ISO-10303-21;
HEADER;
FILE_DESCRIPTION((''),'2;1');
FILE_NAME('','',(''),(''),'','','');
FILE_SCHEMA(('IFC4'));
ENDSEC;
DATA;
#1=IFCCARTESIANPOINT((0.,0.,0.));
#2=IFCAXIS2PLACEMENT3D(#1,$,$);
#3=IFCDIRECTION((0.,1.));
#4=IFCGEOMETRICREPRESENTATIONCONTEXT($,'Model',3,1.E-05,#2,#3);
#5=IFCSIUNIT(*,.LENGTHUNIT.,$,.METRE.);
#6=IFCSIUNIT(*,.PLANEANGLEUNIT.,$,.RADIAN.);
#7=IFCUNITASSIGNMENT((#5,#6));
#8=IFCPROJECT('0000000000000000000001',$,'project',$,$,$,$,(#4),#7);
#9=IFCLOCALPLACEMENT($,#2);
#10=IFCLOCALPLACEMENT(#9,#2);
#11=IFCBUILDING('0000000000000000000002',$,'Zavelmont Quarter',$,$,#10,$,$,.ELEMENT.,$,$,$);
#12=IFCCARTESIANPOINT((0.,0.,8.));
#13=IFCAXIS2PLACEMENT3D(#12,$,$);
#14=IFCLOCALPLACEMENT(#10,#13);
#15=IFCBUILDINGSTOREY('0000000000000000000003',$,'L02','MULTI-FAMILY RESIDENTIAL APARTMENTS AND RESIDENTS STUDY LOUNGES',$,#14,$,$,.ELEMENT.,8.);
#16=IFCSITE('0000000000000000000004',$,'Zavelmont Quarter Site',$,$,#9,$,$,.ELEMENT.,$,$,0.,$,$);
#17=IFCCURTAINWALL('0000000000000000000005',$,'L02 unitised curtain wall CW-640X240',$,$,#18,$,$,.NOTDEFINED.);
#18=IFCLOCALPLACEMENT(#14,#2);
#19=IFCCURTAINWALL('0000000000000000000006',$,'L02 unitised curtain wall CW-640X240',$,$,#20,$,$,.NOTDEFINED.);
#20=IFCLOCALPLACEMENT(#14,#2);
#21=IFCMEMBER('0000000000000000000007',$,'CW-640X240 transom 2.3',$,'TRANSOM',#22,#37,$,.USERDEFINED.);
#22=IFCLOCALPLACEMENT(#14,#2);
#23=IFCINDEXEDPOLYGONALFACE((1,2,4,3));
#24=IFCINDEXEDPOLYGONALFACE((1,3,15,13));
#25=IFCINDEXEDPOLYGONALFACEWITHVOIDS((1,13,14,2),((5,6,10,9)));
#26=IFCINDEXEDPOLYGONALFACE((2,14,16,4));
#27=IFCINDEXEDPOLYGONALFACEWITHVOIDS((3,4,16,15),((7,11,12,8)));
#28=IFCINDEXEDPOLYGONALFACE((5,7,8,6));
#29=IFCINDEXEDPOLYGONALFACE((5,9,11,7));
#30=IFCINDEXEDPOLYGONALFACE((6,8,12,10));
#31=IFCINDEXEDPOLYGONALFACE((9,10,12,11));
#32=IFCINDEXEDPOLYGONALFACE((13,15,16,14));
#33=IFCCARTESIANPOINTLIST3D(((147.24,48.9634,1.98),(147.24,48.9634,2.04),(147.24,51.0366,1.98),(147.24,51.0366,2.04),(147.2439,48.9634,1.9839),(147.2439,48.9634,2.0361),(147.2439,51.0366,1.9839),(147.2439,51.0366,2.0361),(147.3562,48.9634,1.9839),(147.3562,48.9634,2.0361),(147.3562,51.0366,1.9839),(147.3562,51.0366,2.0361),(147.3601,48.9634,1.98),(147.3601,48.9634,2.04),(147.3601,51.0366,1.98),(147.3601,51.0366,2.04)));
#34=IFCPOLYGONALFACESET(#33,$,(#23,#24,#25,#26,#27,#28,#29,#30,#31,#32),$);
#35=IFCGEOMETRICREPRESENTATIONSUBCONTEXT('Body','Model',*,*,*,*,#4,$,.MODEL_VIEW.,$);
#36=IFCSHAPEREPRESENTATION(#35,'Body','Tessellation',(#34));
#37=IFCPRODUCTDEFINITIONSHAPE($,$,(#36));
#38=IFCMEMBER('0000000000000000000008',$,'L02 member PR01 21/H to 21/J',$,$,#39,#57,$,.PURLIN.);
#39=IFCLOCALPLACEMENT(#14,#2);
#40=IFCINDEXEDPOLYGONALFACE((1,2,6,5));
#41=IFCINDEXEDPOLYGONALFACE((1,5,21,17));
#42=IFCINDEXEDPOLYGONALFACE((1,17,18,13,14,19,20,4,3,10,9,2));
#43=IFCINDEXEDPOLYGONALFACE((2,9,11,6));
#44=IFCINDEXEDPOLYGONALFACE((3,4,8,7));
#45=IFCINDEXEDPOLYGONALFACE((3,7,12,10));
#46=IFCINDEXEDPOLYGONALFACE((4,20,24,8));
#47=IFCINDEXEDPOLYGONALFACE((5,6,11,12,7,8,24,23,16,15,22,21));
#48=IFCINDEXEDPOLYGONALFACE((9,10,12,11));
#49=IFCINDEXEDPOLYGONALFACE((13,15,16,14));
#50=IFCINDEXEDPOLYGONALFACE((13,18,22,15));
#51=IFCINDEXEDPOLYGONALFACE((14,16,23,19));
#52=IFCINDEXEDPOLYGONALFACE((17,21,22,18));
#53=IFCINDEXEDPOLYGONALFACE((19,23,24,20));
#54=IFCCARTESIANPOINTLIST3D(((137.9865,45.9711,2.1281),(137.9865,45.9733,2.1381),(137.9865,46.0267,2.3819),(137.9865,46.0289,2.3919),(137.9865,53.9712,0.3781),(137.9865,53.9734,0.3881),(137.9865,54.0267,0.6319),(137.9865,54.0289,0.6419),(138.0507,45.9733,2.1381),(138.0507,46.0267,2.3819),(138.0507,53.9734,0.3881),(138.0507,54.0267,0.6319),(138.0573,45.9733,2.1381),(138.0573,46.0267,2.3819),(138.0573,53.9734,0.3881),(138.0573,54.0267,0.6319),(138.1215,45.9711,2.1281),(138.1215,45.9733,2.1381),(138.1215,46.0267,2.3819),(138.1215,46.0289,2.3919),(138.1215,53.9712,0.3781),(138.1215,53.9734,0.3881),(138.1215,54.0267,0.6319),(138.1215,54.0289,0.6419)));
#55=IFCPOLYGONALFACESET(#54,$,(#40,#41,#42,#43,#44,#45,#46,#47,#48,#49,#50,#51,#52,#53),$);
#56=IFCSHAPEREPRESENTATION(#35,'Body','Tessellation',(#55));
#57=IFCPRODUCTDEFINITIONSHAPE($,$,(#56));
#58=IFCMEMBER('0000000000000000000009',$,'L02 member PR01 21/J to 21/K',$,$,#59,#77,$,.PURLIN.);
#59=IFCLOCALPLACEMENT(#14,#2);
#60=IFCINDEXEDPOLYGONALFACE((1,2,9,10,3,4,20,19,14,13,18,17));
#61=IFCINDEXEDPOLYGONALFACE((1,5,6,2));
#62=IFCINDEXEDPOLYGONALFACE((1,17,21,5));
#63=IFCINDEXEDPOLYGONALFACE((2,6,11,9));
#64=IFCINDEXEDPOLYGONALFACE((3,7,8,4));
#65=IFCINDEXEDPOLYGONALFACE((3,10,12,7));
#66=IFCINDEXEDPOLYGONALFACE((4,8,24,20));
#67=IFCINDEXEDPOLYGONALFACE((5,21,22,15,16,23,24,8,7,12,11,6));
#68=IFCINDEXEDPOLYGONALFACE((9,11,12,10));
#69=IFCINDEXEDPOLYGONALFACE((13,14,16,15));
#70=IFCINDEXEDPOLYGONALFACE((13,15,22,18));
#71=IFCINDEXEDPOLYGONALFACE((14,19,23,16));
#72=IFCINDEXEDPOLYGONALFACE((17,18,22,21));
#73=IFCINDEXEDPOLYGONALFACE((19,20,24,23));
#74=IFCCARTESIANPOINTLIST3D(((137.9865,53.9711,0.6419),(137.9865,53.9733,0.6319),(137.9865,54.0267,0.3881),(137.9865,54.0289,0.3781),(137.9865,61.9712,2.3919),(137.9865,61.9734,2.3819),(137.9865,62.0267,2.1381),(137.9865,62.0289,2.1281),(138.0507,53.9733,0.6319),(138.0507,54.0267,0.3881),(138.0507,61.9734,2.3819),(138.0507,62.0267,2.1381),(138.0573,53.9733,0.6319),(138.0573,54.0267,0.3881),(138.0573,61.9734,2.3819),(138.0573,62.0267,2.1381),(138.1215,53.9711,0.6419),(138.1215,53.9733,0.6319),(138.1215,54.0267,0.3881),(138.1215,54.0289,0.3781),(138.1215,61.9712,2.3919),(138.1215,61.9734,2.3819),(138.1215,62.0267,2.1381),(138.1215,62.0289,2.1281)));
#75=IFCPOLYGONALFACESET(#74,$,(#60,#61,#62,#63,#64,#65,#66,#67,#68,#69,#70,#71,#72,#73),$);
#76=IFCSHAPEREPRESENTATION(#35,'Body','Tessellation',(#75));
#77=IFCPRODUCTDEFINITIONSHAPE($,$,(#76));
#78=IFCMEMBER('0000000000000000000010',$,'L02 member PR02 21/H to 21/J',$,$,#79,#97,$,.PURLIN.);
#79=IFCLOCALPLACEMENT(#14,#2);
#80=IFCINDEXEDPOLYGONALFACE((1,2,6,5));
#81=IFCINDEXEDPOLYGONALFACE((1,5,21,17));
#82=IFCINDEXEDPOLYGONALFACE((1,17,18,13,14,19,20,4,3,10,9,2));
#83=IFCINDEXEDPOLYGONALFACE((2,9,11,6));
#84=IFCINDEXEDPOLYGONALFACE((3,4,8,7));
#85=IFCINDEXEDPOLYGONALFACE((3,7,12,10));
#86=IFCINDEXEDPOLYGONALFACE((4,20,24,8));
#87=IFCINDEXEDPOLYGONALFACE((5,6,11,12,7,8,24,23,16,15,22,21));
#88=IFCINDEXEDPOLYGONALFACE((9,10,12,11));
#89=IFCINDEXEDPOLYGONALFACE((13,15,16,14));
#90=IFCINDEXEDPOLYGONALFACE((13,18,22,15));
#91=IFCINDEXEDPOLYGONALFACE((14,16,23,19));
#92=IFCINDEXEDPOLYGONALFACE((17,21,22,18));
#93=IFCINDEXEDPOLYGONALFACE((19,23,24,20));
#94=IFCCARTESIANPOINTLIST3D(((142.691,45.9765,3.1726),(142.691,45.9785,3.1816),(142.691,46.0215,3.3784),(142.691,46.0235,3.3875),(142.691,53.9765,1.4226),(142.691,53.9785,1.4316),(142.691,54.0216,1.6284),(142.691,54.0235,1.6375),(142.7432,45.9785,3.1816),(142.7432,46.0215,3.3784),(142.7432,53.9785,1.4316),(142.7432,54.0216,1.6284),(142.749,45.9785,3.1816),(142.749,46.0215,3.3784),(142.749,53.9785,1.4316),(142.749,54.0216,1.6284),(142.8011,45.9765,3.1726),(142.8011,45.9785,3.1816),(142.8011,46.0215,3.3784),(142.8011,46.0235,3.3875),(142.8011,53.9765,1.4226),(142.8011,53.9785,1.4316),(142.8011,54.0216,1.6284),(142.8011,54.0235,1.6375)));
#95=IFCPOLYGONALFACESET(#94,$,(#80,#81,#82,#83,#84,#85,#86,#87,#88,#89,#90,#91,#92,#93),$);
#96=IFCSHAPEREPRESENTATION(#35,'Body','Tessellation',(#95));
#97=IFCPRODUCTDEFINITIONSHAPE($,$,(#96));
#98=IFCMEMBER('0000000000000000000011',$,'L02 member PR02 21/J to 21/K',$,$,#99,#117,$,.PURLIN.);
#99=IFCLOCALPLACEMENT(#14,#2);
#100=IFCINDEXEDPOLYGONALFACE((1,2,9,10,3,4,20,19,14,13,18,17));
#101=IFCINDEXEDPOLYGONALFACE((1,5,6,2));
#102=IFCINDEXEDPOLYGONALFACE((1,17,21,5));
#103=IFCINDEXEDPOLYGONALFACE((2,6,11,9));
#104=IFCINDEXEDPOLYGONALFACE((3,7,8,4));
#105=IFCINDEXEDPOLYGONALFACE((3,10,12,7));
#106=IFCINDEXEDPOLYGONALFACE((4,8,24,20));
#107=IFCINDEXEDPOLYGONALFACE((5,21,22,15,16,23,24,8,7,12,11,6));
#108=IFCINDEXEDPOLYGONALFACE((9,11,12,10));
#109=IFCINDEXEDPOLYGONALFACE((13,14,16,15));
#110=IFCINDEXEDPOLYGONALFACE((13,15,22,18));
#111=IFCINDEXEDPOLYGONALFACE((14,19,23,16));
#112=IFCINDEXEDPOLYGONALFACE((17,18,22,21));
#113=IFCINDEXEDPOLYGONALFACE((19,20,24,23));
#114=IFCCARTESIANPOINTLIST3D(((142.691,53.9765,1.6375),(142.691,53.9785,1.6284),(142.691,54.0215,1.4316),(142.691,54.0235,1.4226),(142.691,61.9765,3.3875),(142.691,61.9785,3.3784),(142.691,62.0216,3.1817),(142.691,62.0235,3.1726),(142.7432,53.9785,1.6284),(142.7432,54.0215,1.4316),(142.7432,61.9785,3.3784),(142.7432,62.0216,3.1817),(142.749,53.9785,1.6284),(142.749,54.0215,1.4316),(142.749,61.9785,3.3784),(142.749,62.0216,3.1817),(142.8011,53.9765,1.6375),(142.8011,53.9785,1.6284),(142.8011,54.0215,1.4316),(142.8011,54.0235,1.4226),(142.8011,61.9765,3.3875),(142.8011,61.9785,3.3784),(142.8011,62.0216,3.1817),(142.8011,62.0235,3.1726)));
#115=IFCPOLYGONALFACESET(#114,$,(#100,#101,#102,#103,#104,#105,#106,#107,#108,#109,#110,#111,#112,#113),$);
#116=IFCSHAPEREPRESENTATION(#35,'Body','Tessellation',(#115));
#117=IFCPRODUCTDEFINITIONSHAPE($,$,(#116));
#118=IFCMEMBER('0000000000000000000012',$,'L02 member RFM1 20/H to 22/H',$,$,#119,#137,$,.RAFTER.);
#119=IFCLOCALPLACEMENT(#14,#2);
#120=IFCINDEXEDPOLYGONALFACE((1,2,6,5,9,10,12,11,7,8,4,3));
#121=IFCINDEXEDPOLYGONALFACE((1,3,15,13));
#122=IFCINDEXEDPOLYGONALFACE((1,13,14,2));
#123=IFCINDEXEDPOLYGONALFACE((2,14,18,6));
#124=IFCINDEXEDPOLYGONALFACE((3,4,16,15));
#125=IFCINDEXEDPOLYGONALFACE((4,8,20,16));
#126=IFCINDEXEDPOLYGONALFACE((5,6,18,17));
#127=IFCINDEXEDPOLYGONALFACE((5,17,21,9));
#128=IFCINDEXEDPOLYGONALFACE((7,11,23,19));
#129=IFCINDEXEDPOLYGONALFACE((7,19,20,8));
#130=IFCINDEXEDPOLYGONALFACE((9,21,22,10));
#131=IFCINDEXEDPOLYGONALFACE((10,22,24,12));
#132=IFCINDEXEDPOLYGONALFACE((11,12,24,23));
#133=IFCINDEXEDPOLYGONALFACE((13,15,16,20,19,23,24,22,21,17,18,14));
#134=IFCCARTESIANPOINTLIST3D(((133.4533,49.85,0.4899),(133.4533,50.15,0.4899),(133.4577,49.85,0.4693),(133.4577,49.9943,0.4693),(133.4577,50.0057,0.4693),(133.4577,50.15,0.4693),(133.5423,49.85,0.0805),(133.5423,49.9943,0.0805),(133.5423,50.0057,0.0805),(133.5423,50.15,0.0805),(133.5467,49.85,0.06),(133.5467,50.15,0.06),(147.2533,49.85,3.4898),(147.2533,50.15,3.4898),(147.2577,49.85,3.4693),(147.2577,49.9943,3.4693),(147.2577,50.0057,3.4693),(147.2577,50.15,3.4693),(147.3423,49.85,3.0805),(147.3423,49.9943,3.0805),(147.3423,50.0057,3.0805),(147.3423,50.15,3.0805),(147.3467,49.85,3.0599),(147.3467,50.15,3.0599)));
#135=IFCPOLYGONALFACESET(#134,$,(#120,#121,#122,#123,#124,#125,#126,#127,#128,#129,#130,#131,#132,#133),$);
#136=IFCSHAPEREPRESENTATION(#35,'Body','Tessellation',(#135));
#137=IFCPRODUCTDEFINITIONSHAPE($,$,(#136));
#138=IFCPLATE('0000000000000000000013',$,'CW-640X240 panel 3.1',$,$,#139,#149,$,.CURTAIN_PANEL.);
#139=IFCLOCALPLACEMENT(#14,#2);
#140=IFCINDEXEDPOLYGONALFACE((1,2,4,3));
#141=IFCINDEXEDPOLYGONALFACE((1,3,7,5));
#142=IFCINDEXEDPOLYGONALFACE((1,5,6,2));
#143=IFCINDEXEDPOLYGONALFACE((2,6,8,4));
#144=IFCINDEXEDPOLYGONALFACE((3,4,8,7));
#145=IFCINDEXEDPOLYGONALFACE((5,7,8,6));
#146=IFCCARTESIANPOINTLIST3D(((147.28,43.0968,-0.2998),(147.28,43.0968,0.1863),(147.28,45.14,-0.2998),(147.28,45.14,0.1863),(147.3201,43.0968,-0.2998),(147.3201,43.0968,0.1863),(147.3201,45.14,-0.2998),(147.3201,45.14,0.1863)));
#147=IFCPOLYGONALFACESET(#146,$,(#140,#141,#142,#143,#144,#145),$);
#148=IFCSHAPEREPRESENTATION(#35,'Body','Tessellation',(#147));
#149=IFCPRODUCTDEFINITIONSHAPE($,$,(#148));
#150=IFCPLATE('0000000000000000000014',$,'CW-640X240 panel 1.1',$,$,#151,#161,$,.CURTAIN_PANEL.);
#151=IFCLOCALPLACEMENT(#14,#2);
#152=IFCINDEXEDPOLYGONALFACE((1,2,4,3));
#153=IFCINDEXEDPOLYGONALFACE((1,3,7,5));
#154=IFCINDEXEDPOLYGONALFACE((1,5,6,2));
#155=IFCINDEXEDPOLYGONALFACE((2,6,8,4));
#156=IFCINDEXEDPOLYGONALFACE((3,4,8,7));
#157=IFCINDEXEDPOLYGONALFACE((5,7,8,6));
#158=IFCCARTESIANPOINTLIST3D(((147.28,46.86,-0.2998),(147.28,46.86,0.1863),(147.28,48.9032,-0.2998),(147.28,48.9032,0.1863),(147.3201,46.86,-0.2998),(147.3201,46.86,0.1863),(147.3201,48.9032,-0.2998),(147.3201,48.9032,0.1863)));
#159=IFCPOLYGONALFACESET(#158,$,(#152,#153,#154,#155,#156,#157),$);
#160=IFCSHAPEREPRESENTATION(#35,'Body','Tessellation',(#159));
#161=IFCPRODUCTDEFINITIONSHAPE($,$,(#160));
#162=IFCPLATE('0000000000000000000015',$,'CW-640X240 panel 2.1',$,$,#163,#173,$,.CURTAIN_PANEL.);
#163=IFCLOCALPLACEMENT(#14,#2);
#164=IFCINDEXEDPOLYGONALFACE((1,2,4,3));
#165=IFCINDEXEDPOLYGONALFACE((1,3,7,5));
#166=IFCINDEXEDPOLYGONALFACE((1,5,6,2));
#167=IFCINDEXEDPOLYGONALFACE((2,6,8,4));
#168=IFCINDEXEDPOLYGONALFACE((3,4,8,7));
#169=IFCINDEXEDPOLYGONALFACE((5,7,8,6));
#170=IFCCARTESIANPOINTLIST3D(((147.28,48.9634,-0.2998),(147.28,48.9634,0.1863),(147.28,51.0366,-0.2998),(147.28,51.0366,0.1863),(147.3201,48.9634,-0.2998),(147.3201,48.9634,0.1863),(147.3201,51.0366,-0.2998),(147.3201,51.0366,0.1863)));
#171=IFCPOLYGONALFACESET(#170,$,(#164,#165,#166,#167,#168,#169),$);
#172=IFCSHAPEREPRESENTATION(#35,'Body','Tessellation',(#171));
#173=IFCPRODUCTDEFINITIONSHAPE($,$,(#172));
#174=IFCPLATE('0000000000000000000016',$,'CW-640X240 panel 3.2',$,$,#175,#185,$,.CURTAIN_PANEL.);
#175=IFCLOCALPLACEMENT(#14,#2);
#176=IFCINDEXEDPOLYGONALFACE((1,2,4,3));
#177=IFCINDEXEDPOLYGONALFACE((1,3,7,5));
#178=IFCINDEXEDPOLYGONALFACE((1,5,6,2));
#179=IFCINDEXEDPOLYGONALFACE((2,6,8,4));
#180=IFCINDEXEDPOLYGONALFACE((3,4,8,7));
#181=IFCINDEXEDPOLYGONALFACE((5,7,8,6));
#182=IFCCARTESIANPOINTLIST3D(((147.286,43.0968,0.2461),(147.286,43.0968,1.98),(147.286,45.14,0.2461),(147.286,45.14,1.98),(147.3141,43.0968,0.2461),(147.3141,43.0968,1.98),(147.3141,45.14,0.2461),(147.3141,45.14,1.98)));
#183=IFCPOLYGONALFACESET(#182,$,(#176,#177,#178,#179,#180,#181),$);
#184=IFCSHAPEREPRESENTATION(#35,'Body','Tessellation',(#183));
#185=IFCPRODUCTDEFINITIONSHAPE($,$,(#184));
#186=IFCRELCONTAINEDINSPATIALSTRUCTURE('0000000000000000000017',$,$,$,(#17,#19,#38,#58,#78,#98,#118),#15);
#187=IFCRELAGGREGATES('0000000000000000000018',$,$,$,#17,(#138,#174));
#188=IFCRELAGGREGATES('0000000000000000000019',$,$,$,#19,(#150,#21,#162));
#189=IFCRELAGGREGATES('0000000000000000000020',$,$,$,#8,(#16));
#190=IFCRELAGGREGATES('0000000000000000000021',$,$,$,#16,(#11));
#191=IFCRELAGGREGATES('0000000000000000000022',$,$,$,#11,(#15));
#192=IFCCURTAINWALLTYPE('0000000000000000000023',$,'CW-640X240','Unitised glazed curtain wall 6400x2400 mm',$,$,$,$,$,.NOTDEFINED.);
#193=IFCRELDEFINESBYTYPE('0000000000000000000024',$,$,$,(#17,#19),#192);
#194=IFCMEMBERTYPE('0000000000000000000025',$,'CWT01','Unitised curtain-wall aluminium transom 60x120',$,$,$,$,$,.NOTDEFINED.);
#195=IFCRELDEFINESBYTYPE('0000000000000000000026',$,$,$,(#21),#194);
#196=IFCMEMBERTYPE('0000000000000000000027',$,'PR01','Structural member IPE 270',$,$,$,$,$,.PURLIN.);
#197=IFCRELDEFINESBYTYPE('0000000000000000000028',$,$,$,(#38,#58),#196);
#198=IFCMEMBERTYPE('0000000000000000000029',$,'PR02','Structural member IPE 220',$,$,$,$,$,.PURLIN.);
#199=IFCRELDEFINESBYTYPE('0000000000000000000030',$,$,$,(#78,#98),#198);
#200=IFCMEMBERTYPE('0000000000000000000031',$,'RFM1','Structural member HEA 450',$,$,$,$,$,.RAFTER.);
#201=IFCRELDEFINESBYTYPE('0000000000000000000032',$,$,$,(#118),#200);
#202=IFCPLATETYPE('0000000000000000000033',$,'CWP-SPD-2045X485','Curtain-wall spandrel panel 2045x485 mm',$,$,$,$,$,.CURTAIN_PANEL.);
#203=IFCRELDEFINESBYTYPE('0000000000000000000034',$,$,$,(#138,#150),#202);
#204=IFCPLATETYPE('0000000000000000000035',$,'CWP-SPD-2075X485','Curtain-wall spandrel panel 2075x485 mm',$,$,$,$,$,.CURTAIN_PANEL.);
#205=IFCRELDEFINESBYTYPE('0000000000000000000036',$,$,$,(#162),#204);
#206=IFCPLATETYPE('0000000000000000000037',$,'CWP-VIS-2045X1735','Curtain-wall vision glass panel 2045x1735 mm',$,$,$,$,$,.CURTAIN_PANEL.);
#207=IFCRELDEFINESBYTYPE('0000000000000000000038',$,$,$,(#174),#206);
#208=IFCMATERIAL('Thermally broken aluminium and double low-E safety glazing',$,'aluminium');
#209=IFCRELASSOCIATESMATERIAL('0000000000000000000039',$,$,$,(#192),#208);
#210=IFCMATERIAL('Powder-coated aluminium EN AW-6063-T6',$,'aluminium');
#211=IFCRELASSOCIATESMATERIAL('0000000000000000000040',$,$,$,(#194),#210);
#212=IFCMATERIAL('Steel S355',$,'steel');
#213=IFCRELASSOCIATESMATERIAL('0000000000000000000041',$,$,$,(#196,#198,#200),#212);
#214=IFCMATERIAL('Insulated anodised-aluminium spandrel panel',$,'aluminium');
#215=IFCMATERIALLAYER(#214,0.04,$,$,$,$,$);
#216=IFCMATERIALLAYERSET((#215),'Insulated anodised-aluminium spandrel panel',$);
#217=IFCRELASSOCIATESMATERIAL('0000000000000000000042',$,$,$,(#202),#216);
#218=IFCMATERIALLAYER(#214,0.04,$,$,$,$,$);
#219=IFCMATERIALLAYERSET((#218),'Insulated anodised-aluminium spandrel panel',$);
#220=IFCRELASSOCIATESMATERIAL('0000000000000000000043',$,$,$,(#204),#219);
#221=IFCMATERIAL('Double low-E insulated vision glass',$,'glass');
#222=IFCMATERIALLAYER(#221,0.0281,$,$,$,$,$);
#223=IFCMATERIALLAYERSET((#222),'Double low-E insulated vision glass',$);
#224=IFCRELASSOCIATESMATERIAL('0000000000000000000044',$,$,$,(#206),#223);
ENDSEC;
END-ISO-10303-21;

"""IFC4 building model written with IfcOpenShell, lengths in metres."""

from ifc_helpers import new_model, si_unit, direction, frame, origin, origin_2d, place, context, subcontext, project, spatial, rectangle, hollow_rectangle, i_section, extrude, material, layer, layer_set, material_profile, profile_set, type_object, element, aggregate, save


model = new_model("IFC4")

# Units and contexts
model_context = context("Model", 3, precision=1e-05, world=origin(), true_north=direction((0.0, 1.0)))
body_context = subcontext(model_context, "Body", "Model", "MODEL_VIEW")
ifc_project = project(units=[si_unit("LENGTHUNIT", "METRE"), si_unit("PLANEANGLEUNIT", "RADIAN")], contexts=[model_context])

# Site, building, storey
site_placement = place(None, origin())
site = spatial("IfcSite", under=ifc_project, at=site_placement, Name="Zavelmont Quarter Site", CompositionType="ELEMENT", RefElevation=0.0)
building_placement = place(site_placement, origin())
building = spatial("IfcBuilding", under=site, at=building_placement, Name="Zavelmont Quarter", CompositionType="ELEMENT")
storey_placement = place(building_placement, frame((0.0, 0.0, 8.0)))
storey = spatial("IfcBuildingStorey", under=building, at=storey_placement, Name="L02", Description="MULTI-FAMILY RESIDENTIAL APARTMENTS AND RESIDENTS STUDY LOUNGES", CompositionType="ELEMENT", Elevation=8.0)

# Shared definitions
ifc_material_1 = material(Name="Steel S355", Category="steel")

# Curtain wall
ifc_material_2 = material(Name="Thermally broken aluminium and double low-E safety glazing", Category="aluminium")
curtain_wall_type = type_object("IfcCurtainWallType", Name="CW-640X240", Description="Unitised glazed curtain wall 6400x2400 mm", PredefinedType="NOTDEFINED", material=ifc_material_2)
curtain_wall_1_placement = place(storey_placement, origin())
curtain_wall_1 = element("IfcCurtainWall", 1, at=curtain_wall_1_placement, inside=storey, type_object=curtain_wall_type, Name="L02 unitised curtain wall CW-640X240", PredefinedType="NOTDEFINED")
ifc_material_3 = material(Name="Powder-coated aluminium EN AW-6063-T6", Category="aluminium")

# Curtain wall
curtain_wall_2_placement = place(storey_placement, origin())
curtain_wall_2 = element("IfcCurtainWall", 2, at=curtain_wall_2_placement, inside=storey, type_object=curtain_wall_type, Name="L02 unitised curtain wall CW-640X240", PredefinedType="NOTDEFINED")

# Member
ifc_material_profile_1 = material_profile(ifc_material_3, hollow_rectangle(XDim=0.1201, YDim=0.0601, WallThickness=0.0039, at=origin_2d()), Name="CWT60X120")
ifc_profile_set_1 = profile_set([ifc_material_profile_1], Name="Powder-coated aluminium EN AW-6063-T6")
member_type_1 = type_object("IfcMemberType", Name="CWT01", Description="Unitised curtain-wall aluminium transom 60x120", PredefinedType="NOTDEFINED", material=ifc_profile_set_1)
member_1_placement = place(storey_placement, frame((147.3, 48.9634, 2.01), z_axis=(0.0, 1.0, 0.0), x_axis=(-1.0, 0.0, 0.0)))
member_1 = element("IfcMember", 3, at=member_1_placement, type_object=member_type_1, Name="CW-640X240 transom 2.3", ObjectType="TRANSOM", PredefinedType="USERDEFINED", context=body_context, shape_type="SweptSolid", body=[
    extrude(hollow_rectangle(XDim=0.1201, YDim=0.0601, WallThickness=0.0039, at=origin_2d()), origin(), (0.0, 0.0, 1.0), 2.0732),
])

# Members
ifc_material_profile_2 = material_profile(ifc_material_1, i_section(OverallWidth=0.135, OverallDepth=0.27, WebThickness=0.0066, FlangeThickness=0.0103, at=origin_2d()), Name="IPE 270")
ifc_profile_set_2 = profile_set([ifc_material_profile_2], Name="Steel S355")
member_type_2 = type_object("IfcMemberType", Name="PR01", Description="Structural member IPE 270", PredefinedType="PURLIN", material=ifc_profile_set_2)
for number, where, z_axis, x_axis, name in (
    (4, (138.054, 46.0, 2.26), (0.0, 0.9769, -0.213697), (-1.0, 0.0, 0.0), "L02 member PR01 21/H to 21/J"),
    (5, (138.054, 54.0, 0.51), (0.0, 0.9769, 0.213697), (-1.0, 0.0, 0.0), "L02 member PR01 21/J to 21/K"),
):
    element("IfcMember", number, at=place(storey_placement, frame(where, z_axis=z_axis, x_axis=x_axis)), inside=storey, type_object=member_type_2, Name=name, PredefinedType="PURLIN", context=body_context, shape_type="SweptSolid", body=[
        extrude(i_section(OverallWidth=0.135, OverallDepth=0.27, WebThickness=0.0066, FlangeThickness=0.0103, at=origin_2d()), origin(), (0.0, 0.0, 1.0), 8.1892),
    ])
ifc_material_profile_3 = material_profile(ifc_material_1, i_section(OverallWidth=0.1101, OverallDepth=0.22, WebThickness=0.0059, FlangeThickness=0.0093, at=origin_2d()), Name="IPE 220")
ifc_profile_set_3 = profile_set([ifc_material_profile_3], Name="Steel S355")
member_type_3 = type_object("IfcMemberType", Name="PR02", Description="Structural member IPE 220", PredefinedType="PURLIN", material=ifc_profile_set_3)
for number, where, z_axis, x_axis, name in (
    (6, (142.7461, 46.0, 3.28), (0.0, 0.9769, -0.213697), (-1.0, 0.0, 0.0), "L02 member PR02 21/H to 21/J"),
    (7, (142.7461, 54.0, 1.53), (0.0, 0.9769, 0.213697), (-1.0, 0.0, 0.0), "L02 member PR02 21/J to 21/K"),
):
    element("IfcMember", number, at=place(storey_placement, frame(where, z_axis=z_axis, x_axis=x_axis)), inside=storey, type_object=member_type_3, Name=name, PredefinedType="PURLIN", context=body_context, shape_type="SweptSolid", body=[
        extrude(i_section(OverallWidth=0.1101, OverallDepth=0.22, WebThickness=0.0059, FlangeThickness=0.0093, at=origin_2d()), origin(), (0.0, 0.0, 1.0), 8.1892),
    ])
ifc_material_profile_4 = material_profile(ifc_material_1, i_section(OverallWidth=0.3, OverallDepth=0.4399, WebThickness=0.0115, FlangeThickness=0.021, at=origin_2d()), Name="HEA 450")
ifc_profile_set_4 = profile_set([ifc_material_profile_4], Name="Steel S355")
member_type_4 = type_object("IfcMemberType", Name="RFM1", Description="Structural member HEA 450", PredefinedType="RAFTER", material=ifc_profile_set_4)
member_2_placement = place(storey_placement, frame((133.5, 50.0, 0.2749), z_axis=(0.977177, 0.0, 0.212429), x_axis=(0.0, 1.0, 0.0)))
element("IfcMember", 8, at=member_2_placement, inside=storey, type_object=member_type_4, Name="L02 member RFM1 20/H to 22/H", PredefinedType="RAFTER", context=body_context, shape_type="SweptSolid", body=[
    extrude(i_section(OverallWidth=0.3, OverallDepth=0.4399, WebThickness=0.0115, FlangeThickness=0.021, at=origin_2d()), origin(), (0.0, 0.0, 1.0), 14.1223),
])

# Plates
ifc_material_4 = material(Name="Insulated anodised-aluminium spandrel panel", Category="aluminium")
ifc_layer_1 = layer(ifc_material_4, 0.04)
ifc_layer_set_1 = layer_set([ifc_layer_1], Name="Insulated anodised-aluminium spandrel panel")
plate_type_1 = type_object("IfcPlateType", Name="CWP-SPD-2045X485", Description="Curtain-wall spandrel panel 2045x485 mm", PredefinedType="CURTAIN_PANEL", material=ifc_layer_set_1)
plate_1_placement = place(storey_placement, frame((147.3, 44.1184, -0.2998), z_axis=(0.0, 0.0, 1.0), x_axis=(0.0, 1.0, 0.0)))
plate_1 = element("IfcPlate", 9, at=plate_1_placement, type_object=plate_type_1, Name="CW-640X240 panel 3.1", PredefinedType="CURTAIN_PANEL", context=body_context, shape_type="SweptSolid", body=[
    extrude(rectangle(XDim=2.0432, YDim=0.04, at=origin_2d()), origin(), (0.0, 0.0, 1.0), 0.4861),
])
plate_2_placement = place(storey_placement, frame((147.3, 47.8816, -0.2998), z_axis=(0.0, 0.0, 1.0), x_axis=(0.0, 1.0, 0.0)))
plate_2 = element("IfcPlate", 10, at=plate_2_placement, type_object=plate_type_1, Name="CW-640X240 panel 1.1", PredefinedType="CURTAIN_PANEL", context=body_context, shape_type="SweptSolid", body=[
    extrude(rectangle(XDim=2.0432, YDim=0.04, at=origin_2d()), origin(), (0.0, 0.0, 1.0), 0.4861),
])
ifc_layer_2 = layer(ifc_material_4, 0.04)
ifc_layer_set_2 = layer_set([ifc_layer_2], Name="Insulated anodised-aluminium spandrel panel")
plate_type_2 = type_object("IfcPlateType", Name="CWP-SPD-2075X485", Description="Curtain-wall spandrel panel 2075x485 mm", PredefinedType="CURTAIN_PANEL", material=ifc_layer_set_2)
plate_3_placement = place(storey_placement, frame((147.3, 50.0, -0.2998), z_axis=(0.0, 0.0, 1.0), x_axis=(0.0, 1.0, 0.0)))
plate_3 = element("IfcPlate", 11, at=plate_3_placement, type_object=plate_type_2, Name="CW-640X240 panel 2.1", PredefinedType="CURTAIN_PANEL", context=body_context, shape_type="SweptSolid", body=[
    extrude(rectangle(XDim=2.0732, YDim=0.04, at=origin_2d()), origin(), (0.0, 0.0, 1.0), 0.4861),
])
ifc_material_5 = material(Name="Double low-E insulated vision glass", Category="glass")
ifc_layer_3 = layer(ifc_material_5, 0.0281)
ifc_layer_set_3 = layer_set([ifc_layer_3], Name="Double low-E insulated vision glass")
plate_type_3 = type_object("IfcPlateType", Name="CWP-VIS-2045X1735", Description="Curtain-wall vision glass panel 2045x1735 mm", PredefinedType="CURTAIN_PANEL", material=ifc_layer_set_3)
plate_4_placement = place(storey_placement, frame((147.3, 44.1184, 0.2461), z_axis=(0.0, 0.0, 1.0), x_axis=(0.0, 1.0, 0.0)))
plate_4 = element("IfcPlate", 12, at=plate_4_placement, type_object=plate_type_3, Name="CW-640X240 panel 3.2", PredefinedType="CURTAIN_PANEL", context=body_context, shape_type="SweptSolid", body=[
    extrude(rectangle(XDim=2.0432, YDim=0.0281, at=origin_2d()), origin(), (0.0, 0.0, 1.0), 1.7339),
])
aggregate(curtain_wall_1, [plate_1, plate_4])
aggregate(curtain_wall_2, [plate_2, member_1, plate_3])

save(model, "model.ifc")
